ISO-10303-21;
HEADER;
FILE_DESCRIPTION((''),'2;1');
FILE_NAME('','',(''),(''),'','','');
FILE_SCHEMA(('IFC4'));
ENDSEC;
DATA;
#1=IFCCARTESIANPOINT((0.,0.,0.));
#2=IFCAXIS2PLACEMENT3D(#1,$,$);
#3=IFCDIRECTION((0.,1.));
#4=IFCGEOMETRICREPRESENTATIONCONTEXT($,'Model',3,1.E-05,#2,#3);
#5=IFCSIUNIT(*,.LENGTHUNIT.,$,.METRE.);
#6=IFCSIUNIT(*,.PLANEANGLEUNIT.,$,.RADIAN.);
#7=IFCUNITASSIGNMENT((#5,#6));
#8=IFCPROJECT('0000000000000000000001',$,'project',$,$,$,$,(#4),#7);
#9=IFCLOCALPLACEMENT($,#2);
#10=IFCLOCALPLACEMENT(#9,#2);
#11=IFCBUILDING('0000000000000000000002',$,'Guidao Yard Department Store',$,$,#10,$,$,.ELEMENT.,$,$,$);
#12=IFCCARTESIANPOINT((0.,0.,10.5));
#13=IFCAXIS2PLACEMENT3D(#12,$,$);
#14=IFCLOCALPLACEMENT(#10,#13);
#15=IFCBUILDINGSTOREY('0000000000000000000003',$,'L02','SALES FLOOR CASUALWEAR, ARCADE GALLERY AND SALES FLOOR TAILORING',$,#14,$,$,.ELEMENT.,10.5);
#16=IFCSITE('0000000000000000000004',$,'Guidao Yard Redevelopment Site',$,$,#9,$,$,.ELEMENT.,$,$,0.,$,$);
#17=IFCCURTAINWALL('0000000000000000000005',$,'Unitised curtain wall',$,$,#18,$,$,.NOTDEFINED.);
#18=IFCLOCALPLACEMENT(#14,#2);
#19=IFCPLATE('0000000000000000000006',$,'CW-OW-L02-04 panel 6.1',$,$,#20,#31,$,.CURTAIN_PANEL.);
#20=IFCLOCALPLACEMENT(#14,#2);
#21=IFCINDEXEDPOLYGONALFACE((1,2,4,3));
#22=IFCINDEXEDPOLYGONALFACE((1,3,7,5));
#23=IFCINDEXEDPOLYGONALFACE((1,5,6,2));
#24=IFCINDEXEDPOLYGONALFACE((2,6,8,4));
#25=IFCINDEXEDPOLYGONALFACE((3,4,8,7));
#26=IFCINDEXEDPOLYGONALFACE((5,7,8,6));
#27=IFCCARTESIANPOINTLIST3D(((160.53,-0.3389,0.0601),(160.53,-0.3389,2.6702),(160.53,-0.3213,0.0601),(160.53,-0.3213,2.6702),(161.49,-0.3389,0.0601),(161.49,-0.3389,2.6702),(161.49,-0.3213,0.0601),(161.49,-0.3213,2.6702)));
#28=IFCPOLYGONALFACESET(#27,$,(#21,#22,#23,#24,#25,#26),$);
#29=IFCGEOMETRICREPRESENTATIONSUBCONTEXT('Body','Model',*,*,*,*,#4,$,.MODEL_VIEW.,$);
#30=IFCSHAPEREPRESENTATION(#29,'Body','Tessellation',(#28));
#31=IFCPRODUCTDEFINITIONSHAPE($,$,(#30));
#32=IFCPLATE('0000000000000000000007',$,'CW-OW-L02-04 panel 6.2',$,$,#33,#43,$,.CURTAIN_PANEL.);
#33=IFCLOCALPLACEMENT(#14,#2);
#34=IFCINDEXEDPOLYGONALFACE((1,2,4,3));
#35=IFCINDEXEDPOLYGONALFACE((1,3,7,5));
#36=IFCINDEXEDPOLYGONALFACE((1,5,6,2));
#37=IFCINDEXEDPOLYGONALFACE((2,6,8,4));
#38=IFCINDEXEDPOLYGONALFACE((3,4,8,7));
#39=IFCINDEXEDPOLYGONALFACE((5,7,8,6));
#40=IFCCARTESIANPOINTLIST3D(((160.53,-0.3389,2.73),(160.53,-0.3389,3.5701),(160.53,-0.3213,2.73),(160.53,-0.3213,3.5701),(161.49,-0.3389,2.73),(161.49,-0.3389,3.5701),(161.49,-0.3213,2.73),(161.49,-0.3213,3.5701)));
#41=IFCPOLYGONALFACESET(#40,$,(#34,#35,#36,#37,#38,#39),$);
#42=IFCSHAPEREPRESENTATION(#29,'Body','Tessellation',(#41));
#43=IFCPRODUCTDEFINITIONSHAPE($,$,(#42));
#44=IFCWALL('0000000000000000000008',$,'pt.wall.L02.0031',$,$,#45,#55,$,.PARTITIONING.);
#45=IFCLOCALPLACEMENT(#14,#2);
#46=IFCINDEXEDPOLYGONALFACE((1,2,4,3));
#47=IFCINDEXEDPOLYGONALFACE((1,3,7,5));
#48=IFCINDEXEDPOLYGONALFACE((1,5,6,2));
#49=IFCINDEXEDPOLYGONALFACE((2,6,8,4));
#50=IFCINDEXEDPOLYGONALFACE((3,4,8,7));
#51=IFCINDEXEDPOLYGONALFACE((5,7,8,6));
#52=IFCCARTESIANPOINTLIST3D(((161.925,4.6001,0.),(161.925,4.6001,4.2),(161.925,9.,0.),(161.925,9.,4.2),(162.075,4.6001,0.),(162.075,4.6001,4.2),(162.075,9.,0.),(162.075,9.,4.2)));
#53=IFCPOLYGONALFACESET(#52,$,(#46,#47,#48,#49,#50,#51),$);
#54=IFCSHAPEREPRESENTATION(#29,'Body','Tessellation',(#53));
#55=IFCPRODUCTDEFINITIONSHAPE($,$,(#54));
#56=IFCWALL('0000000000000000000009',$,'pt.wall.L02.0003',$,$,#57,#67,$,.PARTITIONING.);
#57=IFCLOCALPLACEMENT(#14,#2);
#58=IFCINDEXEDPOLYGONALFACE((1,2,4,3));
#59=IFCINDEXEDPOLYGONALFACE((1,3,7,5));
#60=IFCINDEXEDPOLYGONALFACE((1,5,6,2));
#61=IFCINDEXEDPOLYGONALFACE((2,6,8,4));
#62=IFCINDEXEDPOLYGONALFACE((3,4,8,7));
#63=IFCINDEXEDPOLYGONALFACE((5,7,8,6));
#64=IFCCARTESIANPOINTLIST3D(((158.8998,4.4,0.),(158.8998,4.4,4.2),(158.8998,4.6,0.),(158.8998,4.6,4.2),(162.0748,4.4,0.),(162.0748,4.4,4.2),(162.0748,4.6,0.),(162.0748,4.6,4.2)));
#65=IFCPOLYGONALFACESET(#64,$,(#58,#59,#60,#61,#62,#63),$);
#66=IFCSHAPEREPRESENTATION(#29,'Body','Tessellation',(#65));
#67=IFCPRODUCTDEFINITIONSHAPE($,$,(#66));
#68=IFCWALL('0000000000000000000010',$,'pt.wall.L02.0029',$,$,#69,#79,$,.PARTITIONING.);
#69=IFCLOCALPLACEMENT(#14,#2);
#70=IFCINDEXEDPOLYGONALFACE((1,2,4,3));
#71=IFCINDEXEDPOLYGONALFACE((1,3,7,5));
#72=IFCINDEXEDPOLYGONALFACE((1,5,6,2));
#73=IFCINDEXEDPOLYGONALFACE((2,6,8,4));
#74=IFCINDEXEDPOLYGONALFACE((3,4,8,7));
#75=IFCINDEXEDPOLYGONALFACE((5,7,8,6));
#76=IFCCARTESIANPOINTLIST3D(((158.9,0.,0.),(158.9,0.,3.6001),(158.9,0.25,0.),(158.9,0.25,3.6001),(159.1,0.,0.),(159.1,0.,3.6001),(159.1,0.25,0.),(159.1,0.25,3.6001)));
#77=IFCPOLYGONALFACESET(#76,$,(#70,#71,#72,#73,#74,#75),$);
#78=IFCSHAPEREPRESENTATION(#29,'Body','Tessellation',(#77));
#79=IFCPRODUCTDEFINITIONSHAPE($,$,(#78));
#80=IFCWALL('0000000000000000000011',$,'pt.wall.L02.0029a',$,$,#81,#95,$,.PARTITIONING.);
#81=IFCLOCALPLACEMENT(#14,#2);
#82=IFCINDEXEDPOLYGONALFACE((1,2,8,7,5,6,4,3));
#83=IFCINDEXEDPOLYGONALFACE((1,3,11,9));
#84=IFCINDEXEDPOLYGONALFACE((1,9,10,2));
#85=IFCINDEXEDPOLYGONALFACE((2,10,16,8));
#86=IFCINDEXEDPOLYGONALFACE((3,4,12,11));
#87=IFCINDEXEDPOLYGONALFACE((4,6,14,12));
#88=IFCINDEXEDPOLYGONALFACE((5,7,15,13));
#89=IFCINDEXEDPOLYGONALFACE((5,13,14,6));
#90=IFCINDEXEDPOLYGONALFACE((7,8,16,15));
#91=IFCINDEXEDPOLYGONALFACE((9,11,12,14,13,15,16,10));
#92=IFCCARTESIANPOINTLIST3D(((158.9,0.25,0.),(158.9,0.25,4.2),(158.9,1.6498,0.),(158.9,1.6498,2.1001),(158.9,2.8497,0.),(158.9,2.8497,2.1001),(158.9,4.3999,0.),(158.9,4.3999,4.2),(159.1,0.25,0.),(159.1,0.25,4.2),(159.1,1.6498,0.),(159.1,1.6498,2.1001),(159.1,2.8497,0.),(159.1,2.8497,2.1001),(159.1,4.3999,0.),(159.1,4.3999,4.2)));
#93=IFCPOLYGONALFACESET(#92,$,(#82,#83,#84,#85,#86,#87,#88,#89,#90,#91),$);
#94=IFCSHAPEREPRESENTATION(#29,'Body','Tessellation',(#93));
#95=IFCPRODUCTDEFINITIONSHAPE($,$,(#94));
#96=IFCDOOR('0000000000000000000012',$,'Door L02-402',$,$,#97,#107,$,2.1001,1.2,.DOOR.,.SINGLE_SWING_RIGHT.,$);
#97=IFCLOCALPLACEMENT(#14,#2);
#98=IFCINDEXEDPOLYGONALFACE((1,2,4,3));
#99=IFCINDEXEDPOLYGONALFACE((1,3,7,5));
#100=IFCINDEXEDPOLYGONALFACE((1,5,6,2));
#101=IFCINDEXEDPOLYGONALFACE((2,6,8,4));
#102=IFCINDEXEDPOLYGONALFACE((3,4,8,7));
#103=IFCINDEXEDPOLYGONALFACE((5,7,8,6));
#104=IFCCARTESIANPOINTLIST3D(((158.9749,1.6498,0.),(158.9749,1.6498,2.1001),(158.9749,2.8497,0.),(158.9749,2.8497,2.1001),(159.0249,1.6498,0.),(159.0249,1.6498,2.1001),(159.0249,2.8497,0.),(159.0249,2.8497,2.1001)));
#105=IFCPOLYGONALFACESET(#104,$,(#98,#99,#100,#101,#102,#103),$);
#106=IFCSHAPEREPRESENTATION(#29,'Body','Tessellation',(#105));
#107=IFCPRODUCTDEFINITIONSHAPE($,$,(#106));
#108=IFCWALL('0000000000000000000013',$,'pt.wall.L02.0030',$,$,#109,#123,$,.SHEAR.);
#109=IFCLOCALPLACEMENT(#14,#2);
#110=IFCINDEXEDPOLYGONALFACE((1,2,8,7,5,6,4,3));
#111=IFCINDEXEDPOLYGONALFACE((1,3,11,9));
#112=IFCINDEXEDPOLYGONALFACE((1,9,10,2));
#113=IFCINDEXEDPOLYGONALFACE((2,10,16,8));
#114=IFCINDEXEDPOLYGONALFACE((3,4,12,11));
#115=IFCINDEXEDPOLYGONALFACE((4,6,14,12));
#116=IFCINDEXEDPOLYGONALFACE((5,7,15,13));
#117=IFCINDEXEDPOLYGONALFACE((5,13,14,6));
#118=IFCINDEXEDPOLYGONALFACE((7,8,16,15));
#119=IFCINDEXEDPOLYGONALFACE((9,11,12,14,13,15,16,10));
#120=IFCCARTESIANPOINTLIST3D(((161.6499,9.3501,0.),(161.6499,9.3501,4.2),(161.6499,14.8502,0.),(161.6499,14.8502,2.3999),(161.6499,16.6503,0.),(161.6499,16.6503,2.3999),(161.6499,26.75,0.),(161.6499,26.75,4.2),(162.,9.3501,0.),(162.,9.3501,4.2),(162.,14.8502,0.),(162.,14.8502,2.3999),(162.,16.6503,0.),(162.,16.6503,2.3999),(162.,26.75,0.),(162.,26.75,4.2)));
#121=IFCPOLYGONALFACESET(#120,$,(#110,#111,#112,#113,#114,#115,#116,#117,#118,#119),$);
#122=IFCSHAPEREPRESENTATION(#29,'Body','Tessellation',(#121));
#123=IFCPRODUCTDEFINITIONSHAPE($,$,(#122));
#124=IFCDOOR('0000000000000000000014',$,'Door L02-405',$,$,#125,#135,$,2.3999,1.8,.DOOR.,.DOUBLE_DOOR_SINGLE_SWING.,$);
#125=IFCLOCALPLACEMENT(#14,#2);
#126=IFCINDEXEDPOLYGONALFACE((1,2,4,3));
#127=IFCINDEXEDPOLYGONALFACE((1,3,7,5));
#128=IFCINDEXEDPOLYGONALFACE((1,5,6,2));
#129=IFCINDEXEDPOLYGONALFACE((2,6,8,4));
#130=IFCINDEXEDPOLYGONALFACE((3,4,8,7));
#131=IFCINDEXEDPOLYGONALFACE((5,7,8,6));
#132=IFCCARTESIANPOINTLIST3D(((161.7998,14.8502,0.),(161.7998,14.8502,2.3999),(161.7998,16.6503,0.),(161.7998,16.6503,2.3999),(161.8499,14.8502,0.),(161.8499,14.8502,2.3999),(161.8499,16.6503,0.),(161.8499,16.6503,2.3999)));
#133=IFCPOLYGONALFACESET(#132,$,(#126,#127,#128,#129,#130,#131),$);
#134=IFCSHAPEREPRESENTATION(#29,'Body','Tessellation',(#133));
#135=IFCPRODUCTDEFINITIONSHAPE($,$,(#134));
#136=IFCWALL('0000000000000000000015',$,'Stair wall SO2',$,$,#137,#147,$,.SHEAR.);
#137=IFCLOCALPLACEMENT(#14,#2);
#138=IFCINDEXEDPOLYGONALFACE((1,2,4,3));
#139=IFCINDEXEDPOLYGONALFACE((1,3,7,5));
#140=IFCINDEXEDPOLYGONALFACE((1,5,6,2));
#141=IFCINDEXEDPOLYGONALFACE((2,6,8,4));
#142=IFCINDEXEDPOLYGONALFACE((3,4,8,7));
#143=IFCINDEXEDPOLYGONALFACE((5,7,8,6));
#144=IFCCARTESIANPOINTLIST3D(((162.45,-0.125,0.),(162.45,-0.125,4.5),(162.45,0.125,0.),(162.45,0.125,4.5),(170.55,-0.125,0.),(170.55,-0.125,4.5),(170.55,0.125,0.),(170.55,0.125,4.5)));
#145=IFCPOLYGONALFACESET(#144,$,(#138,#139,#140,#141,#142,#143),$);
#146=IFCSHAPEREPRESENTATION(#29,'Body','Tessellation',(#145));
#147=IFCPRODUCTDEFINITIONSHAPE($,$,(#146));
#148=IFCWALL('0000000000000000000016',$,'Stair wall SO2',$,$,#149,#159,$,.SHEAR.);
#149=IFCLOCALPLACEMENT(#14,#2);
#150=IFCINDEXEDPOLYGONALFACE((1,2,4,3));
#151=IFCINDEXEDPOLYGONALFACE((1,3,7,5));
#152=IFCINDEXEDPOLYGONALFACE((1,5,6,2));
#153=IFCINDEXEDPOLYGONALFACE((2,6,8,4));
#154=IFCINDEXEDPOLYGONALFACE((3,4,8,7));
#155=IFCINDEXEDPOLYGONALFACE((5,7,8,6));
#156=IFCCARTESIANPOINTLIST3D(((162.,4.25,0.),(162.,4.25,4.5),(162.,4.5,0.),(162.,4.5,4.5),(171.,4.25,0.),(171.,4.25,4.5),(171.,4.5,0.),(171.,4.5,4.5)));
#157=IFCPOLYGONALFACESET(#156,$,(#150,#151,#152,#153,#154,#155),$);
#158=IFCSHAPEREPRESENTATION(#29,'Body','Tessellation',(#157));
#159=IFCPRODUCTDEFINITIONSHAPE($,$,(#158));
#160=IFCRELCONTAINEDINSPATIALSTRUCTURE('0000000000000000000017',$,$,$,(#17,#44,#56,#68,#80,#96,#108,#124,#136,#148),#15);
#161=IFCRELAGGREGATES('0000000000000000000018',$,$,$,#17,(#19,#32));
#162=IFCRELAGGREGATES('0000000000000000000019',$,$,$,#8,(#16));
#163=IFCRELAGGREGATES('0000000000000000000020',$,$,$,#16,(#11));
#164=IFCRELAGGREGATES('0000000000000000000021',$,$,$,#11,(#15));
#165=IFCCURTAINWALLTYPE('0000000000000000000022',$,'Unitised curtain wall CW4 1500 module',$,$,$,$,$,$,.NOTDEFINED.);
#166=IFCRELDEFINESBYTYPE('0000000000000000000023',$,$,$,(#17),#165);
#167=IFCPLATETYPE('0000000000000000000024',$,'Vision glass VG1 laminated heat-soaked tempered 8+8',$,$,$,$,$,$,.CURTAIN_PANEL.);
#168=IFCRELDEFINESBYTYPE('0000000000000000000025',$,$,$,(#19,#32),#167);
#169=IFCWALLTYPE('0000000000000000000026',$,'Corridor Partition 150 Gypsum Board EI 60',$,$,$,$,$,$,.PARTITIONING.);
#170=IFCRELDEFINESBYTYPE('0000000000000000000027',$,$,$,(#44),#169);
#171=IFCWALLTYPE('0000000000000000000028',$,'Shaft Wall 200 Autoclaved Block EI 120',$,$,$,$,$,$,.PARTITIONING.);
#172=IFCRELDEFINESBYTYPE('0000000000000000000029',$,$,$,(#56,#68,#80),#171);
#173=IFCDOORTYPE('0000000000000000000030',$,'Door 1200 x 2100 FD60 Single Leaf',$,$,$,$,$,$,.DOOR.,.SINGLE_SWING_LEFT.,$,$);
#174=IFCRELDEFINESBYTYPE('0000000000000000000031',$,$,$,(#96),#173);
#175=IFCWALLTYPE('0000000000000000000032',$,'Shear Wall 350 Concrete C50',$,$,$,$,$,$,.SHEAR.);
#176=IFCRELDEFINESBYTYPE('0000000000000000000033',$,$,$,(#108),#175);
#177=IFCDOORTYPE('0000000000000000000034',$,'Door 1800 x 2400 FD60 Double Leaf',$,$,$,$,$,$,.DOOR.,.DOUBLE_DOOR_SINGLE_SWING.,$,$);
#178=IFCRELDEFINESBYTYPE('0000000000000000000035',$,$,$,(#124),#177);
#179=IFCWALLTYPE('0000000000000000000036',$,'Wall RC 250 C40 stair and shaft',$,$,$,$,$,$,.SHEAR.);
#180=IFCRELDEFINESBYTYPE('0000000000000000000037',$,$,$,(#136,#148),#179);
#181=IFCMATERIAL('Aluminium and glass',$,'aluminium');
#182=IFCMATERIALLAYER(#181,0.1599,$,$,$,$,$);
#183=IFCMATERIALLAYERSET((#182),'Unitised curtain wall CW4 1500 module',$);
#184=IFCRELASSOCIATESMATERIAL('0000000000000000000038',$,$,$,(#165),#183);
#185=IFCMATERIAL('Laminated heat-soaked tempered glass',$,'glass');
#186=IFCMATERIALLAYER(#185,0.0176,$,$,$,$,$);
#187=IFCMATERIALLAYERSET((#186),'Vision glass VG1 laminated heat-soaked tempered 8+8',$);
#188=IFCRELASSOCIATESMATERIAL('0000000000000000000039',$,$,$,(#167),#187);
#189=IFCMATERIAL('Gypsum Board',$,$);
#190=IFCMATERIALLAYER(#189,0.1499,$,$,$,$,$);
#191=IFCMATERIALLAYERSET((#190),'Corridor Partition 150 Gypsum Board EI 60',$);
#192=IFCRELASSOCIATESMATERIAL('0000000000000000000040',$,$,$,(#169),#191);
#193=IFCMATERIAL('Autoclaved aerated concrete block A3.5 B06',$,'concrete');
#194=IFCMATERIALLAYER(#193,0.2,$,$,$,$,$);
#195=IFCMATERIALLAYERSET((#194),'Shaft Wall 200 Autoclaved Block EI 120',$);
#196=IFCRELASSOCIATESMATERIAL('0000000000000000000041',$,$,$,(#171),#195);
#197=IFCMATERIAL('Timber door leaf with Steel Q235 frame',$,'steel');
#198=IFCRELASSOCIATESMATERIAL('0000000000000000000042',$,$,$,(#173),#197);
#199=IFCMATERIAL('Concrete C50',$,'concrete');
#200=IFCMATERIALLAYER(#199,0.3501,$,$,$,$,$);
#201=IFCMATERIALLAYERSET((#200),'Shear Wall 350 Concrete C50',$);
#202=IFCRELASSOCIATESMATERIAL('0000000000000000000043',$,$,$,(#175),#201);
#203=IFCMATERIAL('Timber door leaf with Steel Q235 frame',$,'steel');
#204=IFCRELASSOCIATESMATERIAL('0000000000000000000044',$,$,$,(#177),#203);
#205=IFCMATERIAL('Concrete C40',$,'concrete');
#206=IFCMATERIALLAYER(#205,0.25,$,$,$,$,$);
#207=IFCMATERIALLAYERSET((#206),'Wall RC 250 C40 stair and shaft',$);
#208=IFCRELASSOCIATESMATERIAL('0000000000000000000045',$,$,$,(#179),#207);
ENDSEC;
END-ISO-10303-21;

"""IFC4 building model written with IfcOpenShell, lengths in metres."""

from ifc_helpers import new_model, si_unit, direction, frame, frame_2d, origin, origin_2d, place, context, subcontext, project, spatial, rectangle, extrude, material, layer, layer_set, type_object, element, fill, aggregate, save


model = new_model("IFC4")

# Units and contexts
model_context = context("Model", 3, precision=1e-05, world=origin(), true_north=direction((0.0, 1.0)))
body_context = subcontext(model_context, "Body", "Model", "MODEL_VIEW")
ifc_project = project(units=[si_unit("LENGTHUNIT", "METRE"), si_unit("PLANEANGLEUNIT", "RADIAN")], contexts=[model_context])

# Site, building, storey
site_placement = place(None, origin())
site = spatial("IfcSite", under=ifc_project, at=site_placement, Name="Guidao Yard Redevelopment Site", CompositionType="ELEMENT", RefElevation=0.0)
building_placement = place(site_placement, origin())
building = spatial("IfcBuilding", under=site, at=building_placement, Name="Guidao Yard Department Store", CompositionType="ELEMENT")
storey_placement = place(building_placement, frame((0.0, 0.0, 10.5)))
storey = spatial("IfcBuildingStorey", under=building, at=storey_placement, Name="L02", Description="SALES FLOOR CASUALWEAR, ARCADE GALLERY AND SALES FLOOR TAILORING", CompositionType="ELEMENT", Elevation=10.5)

# Curtain wall, plates
ifc_material_1 = material(Name="Aluminium and glass", Category="aluminium")
ifc_layer_1 = layer(ifc_material_1, 0.1599)
ifc_layer_set_1 = layer_set([ifc_layer_1], Name="Unitised curtain wall CW4 1500 module")
curtain_wall_type = type_object("IfcCurtainWallType", Name="Unitised curtain wall CW4 1500 module", PredefinedType="NOTDEFINED", material=ifc_layer_set_1)
curtain_wall_placement = place(storey_placement, origin())
curtain_wall = element("IfcCurtainWall", 1, at=curtain_wall_placement, inside=storey, type_object=curtain_wall_type, Name="Unitised curtain wall", PredefinedType="NOTDEFINED")
ifc_material_2 = material(Name="Laminated heat-soaked tempered glass", Category="glass")
ifc_layer_2 = layer(ifc_material_2, 0.0176)
ifc_layer_set_2 = layer_set([ifc_layer_2], Name="Vision glass VG1 laminated heat-soaked tempered 8+8")
plate_type_1 = type_object("IfcPlateType", Name="Vision glass VG1 laminated heat-soaked tempered 8+8", PredefinedType="CURTAIN_PANEL", material=ifc_layer_set_2)
plate_1_placement = place(storey_placement, frame((161.01, -0.3301, 0.0601), z_axis=(0.0, 0.0, 1.0), x_axis=(-1.0, 0.0, 0.0)))
plate_1 = element("IfcPlate", 2, at=plate_1_placement, type_object=plate_type_1, Name="CW-OW-L02-04 panel 6.1", PredefinedType="CURTAIN_PANEL", context=body_context, shape_type="SweptSolid", body=[
    extrude(rectangle(XDim=0.96, YDim=0.0176, at=origin_2d()), origin(), (0.0, 0.0, 1.0), 2.6101),
])
plate_2_placement = place(storey_placement, frame((161.01, -0.3301, 2.73), z_axis=(0.0, 0.0, 1.0), x_axis=(-1.0, 0.0, 0.0)))
plate_2 = element("IfcPlate", 3, at=plate_2_placement, type_object=plate_type_1, Name="CW-OW-L02-04 panel 6.2", PredefinedType="CURTAIN_PANEL", context=body_context, shape_type="SweptSolid", body=[
    extrude(rectangle(XDim=0.96, YDim=0.0176, at=origin_2d()), origin(), (0.0, 0.0, 1.0), 0.8401),
])
aggregate(curtain_wall, [plate_1, plate_2])

# Walls
ifc_material_3 = material(Name="Gypsum Board")
ifc_layer_3 = layer(ifc_material_3, 0.1499)
ifc_layer_set_3 = layer_set([ifc_layer_3], Name="Corridor Partition 150 Gypsum Board EI 60")
wall_type_1 = type_object("IfcWallType", Name="Corridor Partition 150 Gypsum Board EI 60", PredefinedType="PARTITIONING", material=ifc_layer_set_3)
wall_1_placement = place(storey_placement, frame((162.0, 4.6001, 0.0), z_axis=(0.0, 0.0, 1.0), x_axis=(0.0, 1.0, 0.0)))
element("IfcWall", 4, at=wall_1_placement, inside=storey, type_object=wall_type_1, Name="pt.wall.L02.0031", PredefinedType="PARTITIONING", context=body_context, shape_type="SweptSolid", body=[
    extrude(rectangle(XDim=4.3999, YDim=0.1499, at=frame_2d((2.2, 0.0))), origin(), (0.0, 0.0, 1.0), 4.2),
])
ifc_material_4 = material(Name="Autoclaved aerated concrete block A3.5 B06", Category="concrete")
ifc_layer_4 = layer(ifc_material_4, 0.2)
ifc_layer_set_4 = layer_set([ifc_layer_4], Name="Shaft Wall 200 Autoclaved Block EI 120")
wall_type_2 = type_object("IfcWallType", Name="Shaft Wall 200 Autoclaved Block EI 120", PredefinedType="PARTITIONING", material=ifc_layer_set_4)
wall_2_placement = place(storey_placement, frame((158.8999, 4.5, 0.0), z_axis=(0.0, 0.0, 1.0), x_axis=(1.0, 0.0, 0.0)))
element("IfcWall", 5, at=wall_2_placement, inside=storey, type_object=wall_type_2, Name="pt.wall.L02.0003", PredefinedType="PARTITIONING", context=body_context, shape_type="SweptSolid", body=[
    extrude(rectangle(XDim=3.175, YDim=0.2, at=frame_2d((1.5874, 0.0))), origin(), (0.0, 0.0, 1.0), 4.2),
])
wall_3_placement = place(storey_placement, frame((159.0, 0.0, 0.0), z_axis=(0.0, 0.0, 1.0), x_axis=(0.0, 1.0, 0.0)))
element("IfcWall", 6, at=wall_3_placement, inside=storey, type_object=wall_type_2, Name="pt.wall.L02.0029", PredefinedType="PARTITIONING", context=body_context, shape_type="SweptSolid", body=[
    extrude(rectangle(XDim=0.25, YDim=0.2, at=frame_2d((0.125, 0.0))), origin(), (0.0, 0.0, 1.0), 3.6001),
])

# Walls, openings, doors
wall_4_placement = place(storey_placement, frame((159.0, 0.25, 0.0), z_axis=(0.0, 0.0, 1.0), x_axis=(0.0, 1.0, 0.0)))
wall_4 = element("IfcWall", 7, at=wall_4_placement, inside=storey, type_object=wall_type_2, Name="pt.wall.L02.0029a", PredefinedType="PARTITIONING", context=body_context, shape_type="SweptSolid", body=[
    extrude(rectangle(XDim=4.1499, YDim=0.2, at=frame_2d((2.075, 0.0))), origin(), (0.0, 0.0, 1.0), 4.2),
])
opening_1_placement = place(wall_4_placement, frame((2.5999, 0.0, 0.0), z_axis=(0.0, 0.0, 1.0), x_axis=(-1.0, 0.0, 0.0)))
opening_1 = element("IfcOpeningElement", 8, at=opening_1_placement, cuts=wall_4, PredefinedType="OPENING", context=body_context, shape_type="SweptSolid", body=[
    extrude(rectangle(XDim=1.2, YDim=2.1001, at=frame_2d((0.6001, 1.05))), frame((0.0, 0.1099, 0.0), z_axis=(0.0, -1.0, 0.0), x_axis=(1.0, 0.0, 0.0)), (0.0, 0.0, 1.0), 0.22),
])
ifc_material_5 = material(Name="Timber door leaf with Steel Q235 frame", Category="steel")
door_type_1 = type_object("IfcDoorType", Name="Door 1200 x 2100 FD60 Single Leaf", OperationType="SINGLE_SWING_LEFT", PredefinedType="DOOR", material=ifc_material_5)
door_1_placement = place(opening_1_placement, origin())
door_1 = element("IfcDoor", 9, at=door_1_placement, inside=storey, type_object=door_type_1, Name="Door L02-402", OperationType="SINGLE_SWING_RIGHT", OverallHeight=2.1001, OverallWidth=1.2, PredefinedType="DOOR", context=body_context, shape_type="SweptSolid", body=[
    extrude(rectangle(XDim=1.2, YDim=2.1001, at=frame_2d((0.6001, 1.05))), frame((0.0, 0.0249, 0.0), z_axis=(0.0, -1.0, 0.0), x_axis=(1.0, 0.0, 0.0)), (0.0, 0.0, 1.0), 0.05),
])
fill(opening_1, door_1)
ifc_material_6 = material(Name="Concrete C50", Category="concrete")
ifc_layer_5 = layer(ifc_material_6, 0.3501)
ifc_layer_set_5 = layer_set([ifc_layer_5], Name="Shear Wall 350 Concrete C50")
wall_type_3 = type_object("IfcWallType", Name="Shear Wall 350 Concrete C50", PredefinedType="SHEAR", material=ifc_layer_set_5)
wall_5_placement = place(storey_placement, frame((161.825, 9.3501, 0.0), z_axis=(0.0, 0.0, 1.0), x_axis=(0.0, 1.0, 0.0)))
wall_5 = element("IfcWall", 10, at=wall_5_placement, inside=storey, type_object=wall_type_3, Name="pt.wall.L02.0030", PredefinedType="SHEAR", context=body_context, shape_type="SweptSolid", body=[
    extrude(rectangle(XDim=17.3999, YDim=0.3501, at=frame_2d((8.7, 0.0))), origin(), (0.0, 0.0, 1.0), 4.2),
])
opening_2_placement = place(wall_5_placement, frame((7.3, 0.0, 0.0), z_axis=(0.0, 0.0, 1.0), x_axis=(-1.0, 0.0, 0.0)))
opening_2 = element("IfcOpeningElement", 11, at=opening_2_placement, cuts=wall_5, PredefinedType="OPENING", context=body_context, shape_type="SweptSolid", body=[
    extrude(rectangle(XDim=1.8, YDim=2.3999, at=frame_2d((0.8999, 1.2))), frame((0.0, 0.1851, 0.0), z_axis=(0.0, -1.0, 0.0), x_axis=(1.0, 0.0, 0.0)), (0.0, 0.0, 1.0), 0.3701),
])
ifc_material_7 = material(Name="Timber door leaf with Steel Q235 frame", Category="steel")
door_type_2 = type_object("IfcDoorType", Name="Door 1800 x 2400 FD60 Double Leaf", OperationType="DOUBLE_DOOR_SINGLE_SWING", PredefinedType="DOOR", material=ifc_material_7)
door_2_placement = place(opening_2_placement, origin())
door_2 = element("IfcDoor", 12, at=door_2_placement, inside=storey, type_object=door_type_2, Name="Door L02-405", OperationType="DOUBLE_DOOR_SINGLE_SWING", OverallHeight=2.3999, OverallWidth=1.8, PredefinedType="DOOR", context=body_context, shape_type="SweptSolid", body=[
    extrude(rectangle(XDim=1.8, YDim=2.3999, at=frame_2d((0.8999, 1.2))), frame((0.0, 0.0249, 0.0), z_axis=(0.0, -1.0, 0.0), x_axis=(1.0, 0.0, 0.0)), (0.0, 0.0, 1.0), 0.05),
])
fill(opening_2, door_2)

# Walls
ifc_material_8 = material(Name="Concrete C40", Category="concrete")
ifc_layer_6 = layer(ifc_material_8, 0.25)
ifc_layer_set_6 = layer_set([ifc_layer_6], Name="Wall RC 250 C40 stair and shaft")
wall_type_4 = type_object("IfcWallType", Name="Wall RC 250 C40 stair and shaft", PredefinedType="SHEAR", material=ifc_layer_set_6)
wall_6_placement = place(storey_placement, frame((162.45, 0.0, 0.0), z_axis=(0.0, 0.0, 1.0), x_axis=(1.0, 0.0, 0.0)))
element("IfcWall", 13, at=wall_6_placement, inside=storey, type_object=wall_type_4, Name="Stair wall SO2", PredefinedType="SHEAR", context=body_context, shape_type="SweptSolid", body=[
    extrude(rectangle(XDim=8.1001, YDim=0.25, at=frame_2d((4.05, 0.0))), origin(), (0.0, 0.0, 1.0), 4.5),
])
wall_7_placement = place(storey_placement, frame((162.0, 4.375, 0.0), z_axis=(0.0, 0.0, 1.0), x_axis=(1.0, 0.0, 0.0)))
element("IfcWall", 14, at=wall_7_placement, inside=storey, type_object=wall_type_4, Name="Stair wall SO2", PredefinedType="SHEAR", context=body_context, shape_type="SweptSolid", body=[
    extrude(rectangle(XDim=9.0, YDim=0.25, at=frame_2d((4.5, 0.0))), origin(), (0.0, 0.0, 1.0), 4.5),
])

save(model, "model.ifc")
